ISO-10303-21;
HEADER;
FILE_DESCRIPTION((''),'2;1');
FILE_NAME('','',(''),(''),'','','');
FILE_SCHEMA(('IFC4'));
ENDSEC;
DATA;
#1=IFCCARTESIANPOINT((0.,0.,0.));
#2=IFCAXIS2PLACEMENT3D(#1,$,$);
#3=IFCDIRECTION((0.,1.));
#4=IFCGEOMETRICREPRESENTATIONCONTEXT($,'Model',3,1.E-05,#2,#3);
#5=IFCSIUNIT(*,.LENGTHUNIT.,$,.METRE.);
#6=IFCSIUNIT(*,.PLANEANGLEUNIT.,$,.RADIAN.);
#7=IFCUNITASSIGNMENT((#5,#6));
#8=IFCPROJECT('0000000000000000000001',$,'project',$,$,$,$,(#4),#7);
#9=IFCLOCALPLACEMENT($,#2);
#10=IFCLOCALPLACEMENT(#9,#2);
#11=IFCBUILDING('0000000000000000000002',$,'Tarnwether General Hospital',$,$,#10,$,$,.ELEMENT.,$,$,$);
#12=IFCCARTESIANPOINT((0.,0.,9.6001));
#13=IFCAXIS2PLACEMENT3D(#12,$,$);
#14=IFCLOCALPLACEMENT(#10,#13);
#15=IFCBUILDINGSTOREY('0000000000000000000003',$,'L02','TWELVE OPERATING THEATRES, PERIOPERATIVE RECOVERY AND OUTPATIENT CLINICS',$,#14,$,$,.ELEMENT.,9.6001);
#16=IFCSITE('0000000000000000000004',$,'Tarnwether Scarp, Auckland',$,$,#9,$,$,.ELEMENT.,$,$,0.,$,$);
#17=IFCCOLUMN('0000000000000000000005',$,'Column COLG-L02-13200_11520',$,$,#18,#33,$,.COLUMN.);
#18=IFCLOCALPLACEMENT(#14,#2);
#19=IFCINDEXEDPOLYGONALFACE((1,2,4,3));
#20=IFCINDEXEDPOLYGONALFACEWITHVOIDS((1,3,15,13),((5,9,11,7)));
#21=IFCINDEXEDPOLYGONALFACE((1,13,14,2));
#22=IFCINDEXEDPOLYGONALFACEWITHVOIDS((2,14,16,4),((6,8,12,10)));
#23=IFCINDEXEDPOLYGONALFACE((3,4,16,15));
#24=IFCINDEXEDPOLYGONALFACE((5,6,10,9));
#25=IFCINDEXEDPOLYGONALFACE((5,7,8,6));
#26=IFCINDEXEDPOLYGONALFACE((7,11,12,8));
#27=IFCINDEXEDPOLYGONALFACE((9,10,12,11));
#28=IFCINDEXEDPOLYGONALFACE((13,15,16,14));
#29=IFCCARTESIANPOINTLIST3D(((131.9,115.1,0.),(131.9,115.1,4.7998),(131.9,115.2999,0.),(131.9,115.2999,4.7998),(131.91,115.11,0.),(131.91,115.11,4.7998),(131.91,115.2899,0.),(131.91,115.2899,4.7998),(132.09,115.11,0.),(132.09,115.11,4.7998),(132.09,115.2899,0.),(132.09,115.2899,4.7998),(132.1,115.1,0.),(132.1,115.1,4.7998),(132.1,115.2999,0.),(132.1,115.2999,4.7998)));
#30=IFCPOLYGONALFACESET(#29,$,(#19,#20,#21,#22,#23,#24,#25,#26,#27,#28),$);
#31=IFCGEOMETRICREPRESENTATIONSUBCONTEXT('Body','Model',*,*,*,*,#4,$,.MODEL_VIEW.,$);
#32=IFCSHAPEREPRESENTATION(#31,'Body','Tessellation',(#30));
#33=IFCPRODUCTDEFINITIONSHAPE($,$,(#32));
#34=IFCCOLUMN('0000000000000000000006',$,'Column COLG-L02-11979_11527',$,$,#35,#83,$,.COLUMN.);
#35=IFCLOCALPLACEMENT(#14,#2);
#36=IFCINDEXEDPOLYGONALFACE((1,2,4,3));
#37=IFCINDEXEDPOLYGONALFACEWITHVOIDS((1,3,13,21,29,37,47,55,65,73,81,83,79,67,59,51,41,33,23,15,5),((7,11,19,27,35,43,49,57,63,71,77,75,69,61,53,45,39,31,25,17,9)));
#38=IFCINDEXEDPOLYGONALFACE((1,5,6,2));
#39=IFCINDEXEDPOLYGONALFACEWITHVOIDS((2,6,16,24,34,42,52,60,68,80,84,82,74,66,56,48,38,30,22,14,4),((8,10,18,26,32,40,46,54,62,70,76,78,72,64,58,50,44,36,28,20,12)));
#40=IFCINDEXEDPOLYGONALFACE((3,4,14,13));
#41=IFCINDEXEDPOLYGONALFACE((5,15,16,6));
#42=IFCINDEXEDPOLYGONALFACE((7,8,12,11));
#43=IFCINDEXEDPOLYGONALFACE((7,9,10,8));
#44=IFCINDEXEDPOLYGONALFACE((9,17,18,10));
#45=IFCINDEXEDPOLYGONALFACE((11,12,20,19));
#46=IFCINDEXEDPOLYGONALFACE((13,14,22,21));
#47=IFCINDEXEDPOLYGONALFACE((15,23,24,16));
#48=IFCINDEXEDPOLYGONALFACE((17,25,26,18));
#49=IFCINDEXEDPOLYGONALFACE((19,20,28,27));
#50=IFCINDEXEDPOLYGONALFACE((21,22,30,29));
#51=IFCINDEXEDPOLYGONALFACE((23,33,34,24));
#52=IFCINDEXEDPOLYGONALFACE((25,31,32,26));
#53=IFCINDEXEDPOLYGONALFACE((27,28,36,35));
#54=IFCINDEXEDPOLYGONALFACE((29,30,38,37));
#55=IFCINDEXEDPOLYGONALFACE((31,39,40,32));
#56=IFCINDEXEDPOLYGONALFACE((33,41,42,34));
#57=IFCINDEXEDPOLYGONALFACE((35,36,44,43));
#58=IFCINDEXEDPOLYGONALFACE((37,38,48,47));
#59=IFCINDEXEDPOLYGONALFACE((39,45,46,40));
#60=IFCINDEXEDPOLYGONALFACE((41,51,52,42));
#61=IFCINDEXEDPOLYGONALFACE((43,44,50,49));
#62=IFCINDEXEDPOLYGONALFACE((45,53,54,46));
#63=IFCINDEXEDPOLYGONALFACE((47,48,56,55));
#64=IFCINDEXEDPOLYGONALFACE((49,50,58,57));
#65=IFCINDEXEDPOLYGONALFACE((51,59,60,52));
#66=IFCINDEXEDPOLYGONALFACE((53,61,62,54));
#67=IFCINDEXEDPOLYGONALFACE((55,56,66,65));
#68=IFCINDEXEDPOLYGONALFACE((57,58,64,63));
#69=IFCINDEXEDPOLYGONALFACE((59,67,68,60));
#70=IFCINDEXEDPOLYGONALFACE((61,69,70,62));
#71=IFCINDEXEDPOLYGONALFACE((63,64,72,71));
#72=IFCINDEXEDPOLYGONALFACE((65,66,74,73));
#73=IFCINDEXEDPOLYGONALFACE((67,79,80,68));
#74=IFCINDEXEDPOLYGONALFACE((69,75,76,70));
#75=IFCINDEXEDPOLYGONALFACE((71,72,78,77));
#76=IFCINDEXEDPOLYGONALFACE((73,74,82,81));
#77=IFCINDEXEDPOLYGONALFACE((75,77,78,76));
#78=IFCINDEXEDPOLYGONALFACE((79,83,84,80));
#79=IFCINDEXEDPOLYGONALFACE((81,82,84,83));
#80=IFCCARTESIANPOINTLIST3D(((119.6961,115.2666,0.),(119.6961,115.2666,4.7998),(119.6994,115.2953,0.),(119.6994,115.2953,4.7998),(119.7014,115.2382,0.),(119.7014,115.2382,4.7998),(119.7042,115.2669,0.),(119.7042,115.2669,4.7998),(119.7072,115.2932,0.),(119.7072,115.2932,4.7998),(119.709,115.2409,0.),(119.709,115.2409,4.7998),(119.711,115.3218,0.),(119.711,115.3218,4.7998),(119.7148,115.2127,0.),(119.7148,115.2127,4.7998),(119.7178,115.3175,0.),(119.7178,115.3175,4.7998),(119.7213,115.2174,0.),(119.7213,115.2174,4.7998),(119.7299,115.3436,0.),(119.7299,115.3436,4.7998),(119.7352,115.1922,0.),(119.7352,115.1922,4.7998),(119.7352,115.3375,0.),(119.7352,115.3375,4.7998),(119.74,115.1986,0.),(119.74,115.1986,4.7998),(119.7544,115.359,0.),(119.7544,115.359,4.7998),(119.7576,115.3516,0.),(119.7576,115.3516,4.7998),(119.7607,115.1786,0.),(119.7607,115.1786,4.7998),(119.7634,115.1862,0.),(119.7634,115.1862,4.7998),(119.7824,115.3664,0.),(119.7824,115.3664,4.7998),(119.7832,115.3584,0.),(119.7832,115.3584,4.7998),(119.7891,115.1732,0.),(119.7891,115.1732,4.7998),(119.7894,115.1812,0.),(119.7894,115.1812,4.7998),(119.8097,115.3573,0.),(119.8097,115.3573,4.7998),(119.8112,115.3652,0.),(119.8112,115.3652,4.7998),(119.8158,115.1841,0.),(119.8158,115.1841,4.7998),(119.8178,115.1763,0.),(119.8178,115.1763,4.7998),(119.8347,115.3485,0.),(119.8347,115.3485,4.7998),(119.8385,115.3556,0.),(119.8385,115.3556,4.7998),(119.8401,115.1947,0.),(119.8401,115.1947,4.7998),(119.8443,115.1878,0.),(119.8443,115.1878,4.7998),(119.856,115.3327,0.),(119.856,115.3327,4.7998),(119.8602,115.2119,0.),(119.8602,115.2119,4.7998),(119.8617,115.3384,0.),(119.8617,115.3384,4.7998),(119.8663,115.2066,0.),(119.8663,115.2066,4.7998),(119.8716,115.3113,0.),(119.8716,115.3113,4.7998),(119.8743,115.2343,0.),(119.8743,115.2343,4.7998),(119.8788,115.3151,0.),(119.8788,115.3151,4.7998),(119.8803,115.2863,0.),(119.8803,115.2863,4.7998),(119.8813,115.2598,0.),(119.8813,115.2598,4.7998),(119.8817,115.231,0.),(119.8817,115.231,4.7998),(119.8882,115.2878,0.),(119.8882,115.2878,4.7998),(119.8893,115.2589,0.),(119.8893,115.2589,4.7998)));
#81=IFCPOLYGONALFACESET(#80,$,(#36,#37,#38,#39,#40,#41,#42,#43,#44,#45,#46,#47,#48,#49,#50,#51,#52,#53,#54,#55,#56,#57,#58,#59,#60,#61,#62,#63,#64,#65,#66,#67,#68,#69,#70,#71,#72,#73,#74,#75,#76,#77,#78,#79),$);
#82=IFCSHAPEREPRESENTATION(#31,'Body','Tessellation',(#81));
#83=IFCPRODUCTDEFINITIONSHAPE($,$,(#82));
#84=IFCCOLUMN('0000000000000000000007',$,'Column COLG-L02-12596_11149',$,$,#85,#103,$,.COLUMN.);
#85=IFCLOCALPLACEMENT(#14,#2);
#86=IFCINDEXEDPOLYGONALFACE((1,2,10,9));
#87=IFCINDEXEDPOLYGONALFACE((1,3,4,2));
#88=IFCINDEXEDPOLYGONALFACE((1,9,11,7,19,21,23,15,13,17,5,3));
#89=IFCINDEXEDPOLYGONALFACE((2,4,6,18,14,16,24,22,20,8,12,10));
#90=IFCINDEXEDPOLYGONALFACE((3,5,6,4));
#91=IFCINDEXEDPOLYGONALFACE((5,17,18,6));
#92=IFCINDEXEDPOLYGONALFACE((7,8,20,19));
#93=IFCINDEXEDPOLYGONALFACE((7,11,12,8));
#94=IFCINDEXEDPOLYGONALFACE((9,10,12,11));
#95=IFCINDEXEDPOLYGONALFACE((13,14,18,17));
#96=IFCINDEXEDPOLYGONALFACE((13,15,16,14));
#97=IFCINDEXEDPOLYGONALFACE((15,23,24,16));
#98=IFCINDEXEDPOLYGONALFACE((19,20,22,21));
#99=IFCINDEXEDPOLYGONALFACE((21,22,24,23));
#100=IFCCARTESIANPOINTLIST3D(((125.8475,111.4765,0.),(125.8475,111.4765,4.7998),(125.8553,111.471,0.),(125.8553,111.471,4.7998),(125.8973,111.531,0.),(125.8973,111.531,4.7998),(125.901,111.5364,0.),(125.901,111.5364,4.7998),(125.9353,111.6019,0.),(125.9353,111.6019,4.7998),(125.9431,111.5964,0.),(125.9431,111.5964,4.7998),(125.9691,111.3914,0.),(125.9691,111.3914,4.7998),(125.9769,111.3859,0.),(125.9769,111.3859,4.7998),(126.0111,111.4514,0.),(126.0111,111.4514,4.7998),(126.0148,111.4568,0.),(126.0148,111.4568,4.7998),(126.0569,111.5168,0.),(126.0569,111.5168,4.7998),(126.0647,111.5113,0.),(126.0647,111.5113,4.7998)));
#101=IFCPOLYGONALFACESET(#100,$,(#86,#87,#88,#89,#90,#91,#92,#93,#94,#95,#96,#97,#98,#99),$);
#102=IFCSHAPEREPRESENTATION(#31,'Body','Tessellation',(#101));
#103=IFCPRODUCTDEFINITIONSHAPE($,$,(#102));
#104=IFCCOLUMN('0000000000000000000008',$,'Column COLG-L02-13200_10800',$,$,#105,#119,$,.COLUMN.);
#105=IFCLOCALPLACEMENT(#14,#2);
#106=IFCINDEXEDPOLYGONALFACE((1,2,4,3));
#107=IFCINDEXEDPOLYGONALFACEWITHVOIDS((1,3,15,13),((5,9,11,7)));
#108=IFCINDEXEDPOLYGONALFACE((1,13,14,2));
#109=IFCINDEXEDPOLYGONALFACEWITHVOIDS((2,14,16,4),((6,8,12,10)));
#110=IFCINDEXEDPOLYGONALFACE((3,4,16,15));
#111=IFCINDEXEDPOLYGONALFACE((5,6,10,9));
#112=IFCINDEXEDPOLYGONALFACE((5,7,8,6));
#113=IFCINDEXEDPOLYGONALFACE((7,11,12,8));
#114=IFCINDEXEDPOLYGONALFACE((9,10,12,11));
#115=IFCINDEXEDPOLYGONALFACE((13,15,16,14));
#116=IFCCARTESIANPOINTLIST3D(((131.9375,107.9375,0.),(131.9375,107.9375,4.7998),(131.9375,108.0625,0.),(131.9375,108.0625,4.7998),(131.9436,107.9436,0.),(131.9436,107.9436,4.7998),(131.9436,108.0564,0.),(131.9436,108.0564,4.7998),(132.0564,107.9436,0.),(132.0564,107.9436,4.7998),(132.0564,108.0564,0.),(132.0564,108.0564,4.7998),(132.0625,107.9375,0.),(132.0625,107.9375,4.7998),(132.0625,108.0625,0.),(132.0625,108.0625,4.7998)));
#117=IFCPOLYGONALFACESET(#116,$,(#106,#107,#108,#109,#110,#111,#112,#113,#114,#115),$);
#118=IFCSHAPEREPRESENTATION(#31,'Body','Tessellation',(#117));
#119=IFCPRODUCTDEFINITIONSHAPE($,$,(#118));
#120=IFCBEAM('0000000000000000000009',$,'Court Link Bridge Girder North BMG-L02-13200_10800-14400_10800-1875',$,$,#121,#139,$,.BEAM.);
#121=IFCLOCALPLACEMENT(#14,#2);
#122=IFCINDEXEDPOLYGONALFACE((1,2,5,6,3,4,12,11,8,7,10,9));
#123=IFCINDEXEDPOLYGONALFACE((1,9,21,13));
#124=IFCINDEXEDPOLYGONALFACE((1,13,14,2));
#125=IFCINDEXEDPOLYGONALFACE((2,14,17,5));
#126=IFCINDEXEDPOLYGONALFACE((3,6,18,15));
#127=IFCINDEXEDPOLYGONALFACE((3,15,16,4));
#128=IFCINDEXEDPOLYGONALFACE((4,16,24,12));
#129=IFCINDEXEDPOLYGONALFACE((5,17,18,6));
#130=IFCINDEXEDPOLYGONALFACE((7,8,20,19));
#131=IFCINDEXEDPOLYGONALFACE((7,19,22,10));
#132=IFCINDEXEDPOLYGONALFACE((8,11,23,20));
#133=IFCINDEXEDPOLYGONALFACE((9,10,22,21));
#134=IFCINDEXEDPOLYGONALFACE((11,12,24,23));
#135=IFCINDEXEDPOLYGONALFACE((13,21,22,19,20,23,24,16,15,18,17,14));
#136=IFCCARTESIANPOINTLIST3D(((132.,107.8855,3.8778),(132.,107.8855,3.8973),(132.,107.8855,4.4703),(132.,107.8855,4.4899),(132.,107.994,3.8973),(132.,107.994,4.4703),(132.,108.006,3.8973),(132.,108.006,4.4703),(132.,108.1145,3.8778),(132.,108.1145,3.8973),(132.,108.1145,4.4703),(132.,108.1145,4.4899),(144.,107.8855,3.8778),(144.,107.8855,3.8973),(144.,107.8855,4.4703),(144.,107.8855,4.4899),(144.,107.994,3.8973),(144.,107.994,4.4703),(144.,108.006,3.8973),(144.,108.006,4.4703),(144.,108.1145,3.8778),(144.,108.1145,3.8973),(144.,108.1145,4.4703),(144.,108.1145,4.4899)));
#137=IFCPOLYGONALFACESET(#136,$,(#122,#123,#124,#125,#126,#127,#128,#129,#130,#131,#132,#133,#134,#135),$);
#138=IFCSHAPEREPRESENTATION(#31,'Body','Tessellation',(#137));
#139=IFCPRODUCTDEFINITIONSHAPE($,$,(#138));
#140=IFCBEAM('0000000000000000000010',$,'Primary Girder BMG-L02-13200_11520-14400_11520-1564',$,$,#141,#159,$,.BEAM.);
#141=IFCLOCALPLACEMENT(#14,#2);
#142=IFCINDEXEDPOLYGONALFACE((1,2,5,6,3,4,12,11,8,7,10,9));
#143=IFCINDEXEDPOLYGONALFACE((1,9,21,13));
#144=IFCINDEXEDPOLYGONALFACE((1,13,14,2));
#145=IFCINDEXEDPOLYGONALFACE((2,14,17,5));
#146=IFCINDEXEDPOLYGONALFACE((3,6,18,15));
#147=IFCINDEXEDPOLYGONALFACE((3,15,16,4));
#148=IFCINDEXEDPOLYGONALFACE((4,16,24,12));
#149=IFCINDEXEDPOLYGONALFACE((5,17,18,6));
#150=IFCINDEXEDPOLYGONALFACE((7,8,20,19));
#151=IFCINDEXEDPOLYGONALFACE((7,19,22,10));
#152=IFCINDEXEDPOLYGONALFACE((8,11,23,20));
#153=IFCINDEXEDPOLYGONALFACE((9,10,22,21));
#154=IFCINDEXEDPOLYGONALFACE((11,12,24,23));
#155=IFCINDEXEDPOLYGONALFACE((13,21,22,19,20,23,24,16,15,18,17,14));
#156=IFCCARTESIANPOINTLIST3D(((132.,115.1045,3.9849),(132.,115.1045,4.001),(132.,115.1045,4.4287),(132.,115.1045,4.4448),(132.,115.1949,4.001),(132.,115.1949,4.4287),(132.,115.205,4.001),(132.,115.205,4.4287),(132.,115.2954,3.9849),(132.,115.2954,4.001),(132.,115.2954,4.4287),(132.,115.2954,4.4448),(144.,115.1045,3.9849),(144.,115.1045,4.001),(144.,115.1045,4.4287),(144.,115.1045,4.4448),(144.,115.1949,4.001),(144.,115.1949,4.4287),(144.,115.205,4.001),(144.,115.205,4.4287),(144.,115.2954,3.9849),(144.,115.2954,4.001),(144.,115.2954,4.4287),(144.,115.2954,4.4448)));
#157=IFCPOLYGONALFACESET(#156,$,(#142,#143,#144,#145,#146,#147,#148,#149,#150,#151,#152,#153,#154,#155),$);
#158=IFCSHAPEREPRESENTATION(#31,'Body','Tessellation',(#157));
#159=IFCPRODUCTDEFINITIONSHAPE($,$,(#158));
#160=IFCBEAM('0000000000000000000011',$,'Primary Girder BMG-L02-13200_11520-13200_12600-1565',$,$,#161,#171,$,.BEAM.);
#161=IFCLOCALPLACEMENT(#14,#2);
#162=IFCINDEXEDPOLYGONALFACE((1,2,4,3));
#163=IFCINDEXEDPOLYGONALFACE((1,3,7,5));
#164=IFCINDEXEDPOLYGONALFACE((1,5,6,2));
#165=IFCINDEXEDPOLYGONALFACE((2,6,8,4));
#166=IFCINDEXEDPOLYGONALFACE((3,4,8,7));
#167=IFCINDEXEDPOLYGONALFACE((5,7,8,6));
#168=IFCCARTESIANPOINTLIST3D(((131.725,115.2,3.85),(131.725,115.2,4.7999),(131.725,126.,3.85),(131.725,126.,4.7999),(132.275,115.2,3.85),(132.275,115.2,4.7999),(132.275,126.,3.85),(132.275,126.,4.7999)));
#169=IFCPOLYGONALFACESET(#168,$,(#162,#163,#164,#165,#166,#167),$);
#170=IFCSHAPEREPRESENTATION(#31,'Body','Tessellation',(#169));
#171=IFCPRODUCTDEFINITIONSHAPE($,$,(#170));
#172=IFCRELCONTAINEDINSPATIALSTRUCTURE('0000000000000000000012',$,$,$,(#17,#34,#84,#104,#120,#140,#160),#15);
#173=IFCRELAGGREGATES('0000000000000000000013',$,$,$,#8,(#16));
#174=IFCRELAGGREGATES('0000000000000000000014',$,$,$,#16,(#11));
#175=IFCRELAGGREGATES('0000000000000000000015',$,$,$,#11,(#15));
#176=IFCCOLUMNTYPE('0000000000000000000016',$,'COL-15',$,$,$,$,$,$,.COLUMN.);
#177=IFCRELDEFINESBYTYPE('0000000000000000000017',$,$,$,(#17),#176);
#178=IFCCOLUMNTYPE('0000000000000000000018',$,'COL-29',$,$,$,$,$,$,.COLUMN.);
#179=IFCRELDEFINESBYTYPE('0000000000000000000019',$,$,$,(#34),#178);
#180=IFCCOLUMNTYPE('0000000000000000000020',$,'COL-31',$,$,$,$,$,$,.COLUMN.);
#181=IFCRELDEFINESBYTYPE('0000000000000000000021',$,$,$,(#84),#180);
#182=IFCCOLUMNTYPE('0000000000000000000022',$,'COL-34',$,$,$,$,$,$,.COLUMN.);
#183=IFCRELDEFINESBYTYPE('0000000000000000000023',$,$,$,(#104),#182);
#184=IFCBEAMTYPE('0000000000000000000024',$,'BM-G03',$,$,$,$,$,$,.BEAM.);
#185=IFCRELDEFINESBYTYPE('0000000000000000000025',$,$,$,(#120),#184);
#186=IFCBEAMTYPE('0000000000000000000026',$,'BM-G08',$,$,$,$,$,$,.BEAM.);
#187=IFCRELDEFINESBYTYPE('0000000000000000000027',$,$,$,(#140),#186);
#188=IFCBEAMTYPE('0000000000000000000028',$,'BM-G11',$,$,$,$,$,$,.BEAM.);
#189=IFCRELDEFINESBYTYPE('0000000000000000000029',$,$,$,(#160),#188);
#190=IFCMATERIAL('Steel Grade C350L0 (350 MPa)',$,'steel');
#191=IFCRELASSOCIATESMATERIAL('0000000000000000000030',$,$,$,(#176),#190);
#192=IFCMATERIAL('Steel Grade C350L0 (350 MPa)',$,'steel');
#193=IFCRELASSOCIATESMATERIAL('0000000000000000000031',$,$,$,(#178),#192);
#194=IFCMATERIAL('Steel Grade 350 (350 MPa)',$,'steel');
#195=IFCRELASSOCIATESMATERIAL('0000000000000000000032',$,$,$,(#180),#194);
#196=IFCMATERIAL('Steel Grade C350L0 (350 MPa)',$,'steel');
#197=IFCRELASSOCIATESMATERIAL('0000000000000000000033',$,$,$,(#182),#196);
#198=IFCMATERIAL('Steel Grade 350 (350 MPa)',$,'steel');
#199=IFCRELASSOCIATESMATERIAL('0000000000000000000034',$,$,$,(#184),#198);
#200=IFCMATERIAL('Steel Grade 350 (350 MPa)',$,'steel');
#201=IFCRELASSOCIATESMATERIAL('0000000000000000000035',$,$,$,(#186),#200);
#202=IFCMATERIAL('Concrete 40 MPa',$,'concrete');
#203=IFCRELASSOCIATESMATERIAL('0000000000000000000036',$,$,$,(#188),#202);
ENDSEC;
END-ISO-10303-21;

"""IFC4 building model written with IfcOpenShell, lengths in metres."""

from ifc_helpers import new_model, si_unit, direction, frame, origin, origin_2d, place, context, subcontext, project, spatial, rectangle, hollow_rectangle, hollow_circle, i_section, extrude, material, material_profile, profile_set, type_object, element, save


model = new_model("IFC4")

# Units and contexts
model_context = context("Model", 3, precision=1e-05, world=origin(), true_north=direction((0.0, 1.0)))
body_context = subcontext(model_context, "Body", "Model", "MODEL_VIEW")
ifc_project = project(units=[si_unit("LENGTHUNIT", "METRE"), si_unit("PLANEANGLEUNIT", "RADIAN")], contexts=[model_context])

# Site, building, storey
site_placement = place(None, origin())
site = spatial("IfcSite", under=ifc_project, at=site_placement, Name="Tarnwether Scarp, Auckland", CompositionType="ELEMENT", RefElevation=0.0)
building_placement = place(site_placement, origin())
building = spatial("IfcBuilding", under=site, at=building_placement, Name="Tarnwether General Hospital", CompositionType="ELEMENT")
storey_placement = place(building_placement, frame((0.0, 0.0, 9.6001)))
storey = spatial("IfcBuildingStorey", under=building, at=storey_placement, Name="L02", Description="TWELVE OPERATING THEATRES, PERIOPERATIVE RECOVERY AND OUTPATIENT CLINICS", CompositionType="ELEMENT", Elevation=9.6001)

# Columns
ifc_material_1 = material(Name="Steel Grade C350L0 (350 MPa)", Category="steel")
ifc_material_profile_1 = material_profile(ifc_material_1, hollow_rectangle(XDim=0.2, YDim=0.2, WallThickness=0.01, at=origin_2d()), Name="SHS200x200x10")
ifc_profile_set_1 = profile_set([ifc_material_profile_1], Name="Steel Grade C350L0 (350 MPa)")
column_type_1 = type_object("IfcColumnType", Name="COL-15", PredefinedType="COLUMN", material=ifc_profile_set_1)
column_1_placement = place(storey_placement, frame((132.0, 115.2, 0.0), z_axis=(0.0, 0.0, 1.0), x_axis=(0.0, 1.0, 0.0)))
element("IfcColumn", 1, at=column_1_placement, inside=storey, type_object=column_type_1, Name="Column COLG-L02-13200_11520", PredefinedType="COLUMN", context=body_context, shape_type="SweptSolid", body=[
    extrude(hollow_rectangle(XDim=0.2, YDim=0.2, WallThickness=0.01, at=origin_2d()), origin(), (0.0, 0.0, 1.0), 4.7998),
])
ifc_material_2 = material(Name="Steel Grade C350L0 (350 MPa)", Category="steel")
ifc_material_profile_2 = material_profile(ifc_material_2, hollow_circle(Radius=0.0969, WallThickness=0.0081, at=origin_2d()), Name="CHS193.7x8.0")
ifc_profile_set_2 = profile_set([ifc_material_profile_2], Name="Steel Grade C350L0 (350 MPa)")
column_type_2 = type_object("IfcColumnType", Name="COL-29", PredefinedType="COLUMN", material=ifc_profile_set_2)
column_2_placement = place(storey_placement, frame((119.793, 115.27, 0.0), z_axis=(0.0, 0.0, 1.0), x_axis=(0.469472, 0.882948, 0.0)))
element("IfcColumn", 2, at=column_2_placement, inside=storey, type_object=column_type_2, Name="Column COLG-L02-11979_11527", PredefinedType="COLUMN", context=body_context, shape_type="SweptSolid", body=[
    extrude(hollow_circle(Radius=0.0969, WallThickness=0.0081, at=origin_2d()), origin(), (0.0, 0.0, 1.0), 4.7998),
])
ifc_material_3 = material(Name="Steel Grade 350 (350 MPa)", Category="steel")
ifc_material_profile_3 = material_profile(ifc_material_3, i_section(OverallWidth=0.1531, OverallDepth=0.158, WebThickness=0.0066, FlangeThickness=0.0095, at=origin_2d()), Name="150UC30.0")
ifc_profile_set_3 = profile_set([ifc_material_profile_3], Name="Steel Grade 350 (350 MPa)")
column_type_3 = type_object("IfcColumnType", Name="COL-31", PredefinedType="COLUMN", material=ifc_profile_set_3)
column_3_placement = place(storey_placement, frame((125.9561, 111.4939, 0.0), z_axis=(0.0, 0.0, 1.0), x_axis=(0.573576, 0.819152, 0.0)))
element("IfcColumn", 3, at=column_3_placement, inside=storey, type_object=column_type_3, Name="Column COLG-L02-12596_11149", PredefinedType="COLUMN", context=body_context, shape_type="SweptSolid", body=[
    extrude(i_section(OverallWidth=0.1531, OverallDepth=0.158, WebThickness=0.0066, FlangeThickness=0.0095, at=origin_2d()), origin(), (0.0, 0.0, 1.0), 4.7998),
])
ifc_material_4 = material(Name="Steel Grade C350L0 (350 MPa)", Category="steel")
ifc_material_profile_4 = material_profile(ifc_material_4, hollow_rectangle(XDim=0.125, YDim=0.125, WallThickness=0.0061, at=origin_2d()), Name="SHS125x125x6")
ifc_profile_set_4 = profile_set([ifc_material_profile_4], Name="Steel Grade C350L0 (350 MPa)")
column_type_4 = type_object("IfcColumnType", Name="COL-34", PredefinedType="COLUMN", material=ifc_profile_set_4)
column_4_placement = place(storey_placement, frame((132.0, 108.0, 0.0), z_axis=(0.0, 0.0, 1.0), x_axis=(1.0, 0.0, 0.0)))
element("IfcColumn", 4, at=column_4_placement, inside=storey, type_object=column_type_4, Name="Column COLG-L02-13200_10800", PredefinedType="COLUMN", context=body_context, shape_type="SweptSolid", body=[
    extrude(hollow_rectangle(XDim=0.125, YDim=0.125, WallThickness=0.0061, at=origin_2d()), origin(), (0.0, 0.0, 1.0), 4.7998),
])

# Beams
ifc_material_5 = material(Name="Steel Grade 350 (350 MPa)", Category="steel")
ifc_material_profile_5 = material_profile(ifc_material_5, i_section(OverallWidth=0.229, OverallDepth=0.6121, WebThickness=0.012, FlangeThickness=0.0195, at=origin_2d()), Name="610UB125")
ifc_profile_set_5 = profile_set([ifc_material_profile_5], Name="Steel Grade 350 (350 MPa)")
beam_type_1 = type_object("IfcBeamType", Name="BM-G03", PredefinedType="BEAM", material=ifc_profile_set_5)
beam_1_placement = place(storey_placement, frame((132.0, 108.0, 4.1838), z_axis=(1.0, 0.0, 0.0), x_axis=(0.0, 1.0, 0.0)))
element("IfcBeam", 5, at=beam_1_placement, inside=storey, type_object=beam_type_1, Name="Court Link Bridge Girder North BMG-L02-13200_10800-14400_10800-1875", PredefinedType="BEAM", context=body_context, shape_type="SweptSolid", body=[
    extrude(i_section(OverallWidth=0.229, OverallDepth=0.6121, WebThickness=0.012, FlangeThickness=0.0195, at=origin_2d()), origin(), (0.0, 0.0, 1.0), 12.0),
])
ifc_material_6 = material(Name="Steel Grade 350 (350 MPa)", Category="steel")
ifc_material_profile_6 = material_profile(ifc_material_6, i_section(OverallWidth=0.1909, OverallDepth=0.46, WebThickness=0.01, FlangeThickness=0.0161, at=origin_2d()), Name="460UB82.1")
ifc_profile_set_6 = profile_set([ifc_material_profile_6], Name="Steel Grade 350 (350 MPa)")
beam_type_2 = type_object("IfcBeamType", Name="BM-G08", PredefinedType="BEAM", material=ifc_profile_set_6)
beam_2_placement = place(storey_placement, frame((132.0, 115.2, 4.2148), z_axis=(1.0, 0.0, 0.0), x_axis=(0.0, 1.0, 0.0)))
element("IfcBeam", 6, at=beam_2_placement, inside=storey, type_object=beam_type_2, Name="Primary Girder BMG-L02-13200_11520-14400_11520-1564", PredefinedType="BEAM", context=body_context, shape_type="SweptSolid", body=[
    extrude(i_section(OverallWidth=0.1909, OverallDepth=0.46, WebThickness=0.01, FlangeThickness=0.0161, at=origin_2d()), origin(), (0.0, 0.0, 1.0), 12.0),
])
ifc_material_7 = material(Name="Concrete 40 MPa", Category="concrete")
ifc_material_profile_7 = material_profile(ifc_material_7, rectangle(XDim=0.55, YDim=0.95, at=origin_2d()), Name="RC-BM-550x950")
ifc_profile_set_7 = profile_set([ifc_material_profile_7], Name="Concrete 40 MPa")
beam_type_3 = type_object("IfcBeamType", Name="BM-G11", PredefinedType="BEAM", material=ifc_profile_set_7)
beam_3_placement = place(storey_placement, frame((132.0, 115.2, 4.325), z_axis=(0.0, 1.0, 0.0), x_axis=(-1.0, 0.0, 0.0)))
element("IfcBeam", 7, at=beam_3_placement, inside=storey, type_object=beam_type_3, Name="Primary Girder BMG-L02-13200_11520-13200_12600-1565", PredefinedType="BEAM", context=body_context, shape_type="SweptSolid", body=[
    extrude(rectangle(XDim=0.55, YDim=0.95, at=origin_2d()), origin(), (0.0, 0.0, 1.0), 10.8),
])

save(model, "model.ifc")
